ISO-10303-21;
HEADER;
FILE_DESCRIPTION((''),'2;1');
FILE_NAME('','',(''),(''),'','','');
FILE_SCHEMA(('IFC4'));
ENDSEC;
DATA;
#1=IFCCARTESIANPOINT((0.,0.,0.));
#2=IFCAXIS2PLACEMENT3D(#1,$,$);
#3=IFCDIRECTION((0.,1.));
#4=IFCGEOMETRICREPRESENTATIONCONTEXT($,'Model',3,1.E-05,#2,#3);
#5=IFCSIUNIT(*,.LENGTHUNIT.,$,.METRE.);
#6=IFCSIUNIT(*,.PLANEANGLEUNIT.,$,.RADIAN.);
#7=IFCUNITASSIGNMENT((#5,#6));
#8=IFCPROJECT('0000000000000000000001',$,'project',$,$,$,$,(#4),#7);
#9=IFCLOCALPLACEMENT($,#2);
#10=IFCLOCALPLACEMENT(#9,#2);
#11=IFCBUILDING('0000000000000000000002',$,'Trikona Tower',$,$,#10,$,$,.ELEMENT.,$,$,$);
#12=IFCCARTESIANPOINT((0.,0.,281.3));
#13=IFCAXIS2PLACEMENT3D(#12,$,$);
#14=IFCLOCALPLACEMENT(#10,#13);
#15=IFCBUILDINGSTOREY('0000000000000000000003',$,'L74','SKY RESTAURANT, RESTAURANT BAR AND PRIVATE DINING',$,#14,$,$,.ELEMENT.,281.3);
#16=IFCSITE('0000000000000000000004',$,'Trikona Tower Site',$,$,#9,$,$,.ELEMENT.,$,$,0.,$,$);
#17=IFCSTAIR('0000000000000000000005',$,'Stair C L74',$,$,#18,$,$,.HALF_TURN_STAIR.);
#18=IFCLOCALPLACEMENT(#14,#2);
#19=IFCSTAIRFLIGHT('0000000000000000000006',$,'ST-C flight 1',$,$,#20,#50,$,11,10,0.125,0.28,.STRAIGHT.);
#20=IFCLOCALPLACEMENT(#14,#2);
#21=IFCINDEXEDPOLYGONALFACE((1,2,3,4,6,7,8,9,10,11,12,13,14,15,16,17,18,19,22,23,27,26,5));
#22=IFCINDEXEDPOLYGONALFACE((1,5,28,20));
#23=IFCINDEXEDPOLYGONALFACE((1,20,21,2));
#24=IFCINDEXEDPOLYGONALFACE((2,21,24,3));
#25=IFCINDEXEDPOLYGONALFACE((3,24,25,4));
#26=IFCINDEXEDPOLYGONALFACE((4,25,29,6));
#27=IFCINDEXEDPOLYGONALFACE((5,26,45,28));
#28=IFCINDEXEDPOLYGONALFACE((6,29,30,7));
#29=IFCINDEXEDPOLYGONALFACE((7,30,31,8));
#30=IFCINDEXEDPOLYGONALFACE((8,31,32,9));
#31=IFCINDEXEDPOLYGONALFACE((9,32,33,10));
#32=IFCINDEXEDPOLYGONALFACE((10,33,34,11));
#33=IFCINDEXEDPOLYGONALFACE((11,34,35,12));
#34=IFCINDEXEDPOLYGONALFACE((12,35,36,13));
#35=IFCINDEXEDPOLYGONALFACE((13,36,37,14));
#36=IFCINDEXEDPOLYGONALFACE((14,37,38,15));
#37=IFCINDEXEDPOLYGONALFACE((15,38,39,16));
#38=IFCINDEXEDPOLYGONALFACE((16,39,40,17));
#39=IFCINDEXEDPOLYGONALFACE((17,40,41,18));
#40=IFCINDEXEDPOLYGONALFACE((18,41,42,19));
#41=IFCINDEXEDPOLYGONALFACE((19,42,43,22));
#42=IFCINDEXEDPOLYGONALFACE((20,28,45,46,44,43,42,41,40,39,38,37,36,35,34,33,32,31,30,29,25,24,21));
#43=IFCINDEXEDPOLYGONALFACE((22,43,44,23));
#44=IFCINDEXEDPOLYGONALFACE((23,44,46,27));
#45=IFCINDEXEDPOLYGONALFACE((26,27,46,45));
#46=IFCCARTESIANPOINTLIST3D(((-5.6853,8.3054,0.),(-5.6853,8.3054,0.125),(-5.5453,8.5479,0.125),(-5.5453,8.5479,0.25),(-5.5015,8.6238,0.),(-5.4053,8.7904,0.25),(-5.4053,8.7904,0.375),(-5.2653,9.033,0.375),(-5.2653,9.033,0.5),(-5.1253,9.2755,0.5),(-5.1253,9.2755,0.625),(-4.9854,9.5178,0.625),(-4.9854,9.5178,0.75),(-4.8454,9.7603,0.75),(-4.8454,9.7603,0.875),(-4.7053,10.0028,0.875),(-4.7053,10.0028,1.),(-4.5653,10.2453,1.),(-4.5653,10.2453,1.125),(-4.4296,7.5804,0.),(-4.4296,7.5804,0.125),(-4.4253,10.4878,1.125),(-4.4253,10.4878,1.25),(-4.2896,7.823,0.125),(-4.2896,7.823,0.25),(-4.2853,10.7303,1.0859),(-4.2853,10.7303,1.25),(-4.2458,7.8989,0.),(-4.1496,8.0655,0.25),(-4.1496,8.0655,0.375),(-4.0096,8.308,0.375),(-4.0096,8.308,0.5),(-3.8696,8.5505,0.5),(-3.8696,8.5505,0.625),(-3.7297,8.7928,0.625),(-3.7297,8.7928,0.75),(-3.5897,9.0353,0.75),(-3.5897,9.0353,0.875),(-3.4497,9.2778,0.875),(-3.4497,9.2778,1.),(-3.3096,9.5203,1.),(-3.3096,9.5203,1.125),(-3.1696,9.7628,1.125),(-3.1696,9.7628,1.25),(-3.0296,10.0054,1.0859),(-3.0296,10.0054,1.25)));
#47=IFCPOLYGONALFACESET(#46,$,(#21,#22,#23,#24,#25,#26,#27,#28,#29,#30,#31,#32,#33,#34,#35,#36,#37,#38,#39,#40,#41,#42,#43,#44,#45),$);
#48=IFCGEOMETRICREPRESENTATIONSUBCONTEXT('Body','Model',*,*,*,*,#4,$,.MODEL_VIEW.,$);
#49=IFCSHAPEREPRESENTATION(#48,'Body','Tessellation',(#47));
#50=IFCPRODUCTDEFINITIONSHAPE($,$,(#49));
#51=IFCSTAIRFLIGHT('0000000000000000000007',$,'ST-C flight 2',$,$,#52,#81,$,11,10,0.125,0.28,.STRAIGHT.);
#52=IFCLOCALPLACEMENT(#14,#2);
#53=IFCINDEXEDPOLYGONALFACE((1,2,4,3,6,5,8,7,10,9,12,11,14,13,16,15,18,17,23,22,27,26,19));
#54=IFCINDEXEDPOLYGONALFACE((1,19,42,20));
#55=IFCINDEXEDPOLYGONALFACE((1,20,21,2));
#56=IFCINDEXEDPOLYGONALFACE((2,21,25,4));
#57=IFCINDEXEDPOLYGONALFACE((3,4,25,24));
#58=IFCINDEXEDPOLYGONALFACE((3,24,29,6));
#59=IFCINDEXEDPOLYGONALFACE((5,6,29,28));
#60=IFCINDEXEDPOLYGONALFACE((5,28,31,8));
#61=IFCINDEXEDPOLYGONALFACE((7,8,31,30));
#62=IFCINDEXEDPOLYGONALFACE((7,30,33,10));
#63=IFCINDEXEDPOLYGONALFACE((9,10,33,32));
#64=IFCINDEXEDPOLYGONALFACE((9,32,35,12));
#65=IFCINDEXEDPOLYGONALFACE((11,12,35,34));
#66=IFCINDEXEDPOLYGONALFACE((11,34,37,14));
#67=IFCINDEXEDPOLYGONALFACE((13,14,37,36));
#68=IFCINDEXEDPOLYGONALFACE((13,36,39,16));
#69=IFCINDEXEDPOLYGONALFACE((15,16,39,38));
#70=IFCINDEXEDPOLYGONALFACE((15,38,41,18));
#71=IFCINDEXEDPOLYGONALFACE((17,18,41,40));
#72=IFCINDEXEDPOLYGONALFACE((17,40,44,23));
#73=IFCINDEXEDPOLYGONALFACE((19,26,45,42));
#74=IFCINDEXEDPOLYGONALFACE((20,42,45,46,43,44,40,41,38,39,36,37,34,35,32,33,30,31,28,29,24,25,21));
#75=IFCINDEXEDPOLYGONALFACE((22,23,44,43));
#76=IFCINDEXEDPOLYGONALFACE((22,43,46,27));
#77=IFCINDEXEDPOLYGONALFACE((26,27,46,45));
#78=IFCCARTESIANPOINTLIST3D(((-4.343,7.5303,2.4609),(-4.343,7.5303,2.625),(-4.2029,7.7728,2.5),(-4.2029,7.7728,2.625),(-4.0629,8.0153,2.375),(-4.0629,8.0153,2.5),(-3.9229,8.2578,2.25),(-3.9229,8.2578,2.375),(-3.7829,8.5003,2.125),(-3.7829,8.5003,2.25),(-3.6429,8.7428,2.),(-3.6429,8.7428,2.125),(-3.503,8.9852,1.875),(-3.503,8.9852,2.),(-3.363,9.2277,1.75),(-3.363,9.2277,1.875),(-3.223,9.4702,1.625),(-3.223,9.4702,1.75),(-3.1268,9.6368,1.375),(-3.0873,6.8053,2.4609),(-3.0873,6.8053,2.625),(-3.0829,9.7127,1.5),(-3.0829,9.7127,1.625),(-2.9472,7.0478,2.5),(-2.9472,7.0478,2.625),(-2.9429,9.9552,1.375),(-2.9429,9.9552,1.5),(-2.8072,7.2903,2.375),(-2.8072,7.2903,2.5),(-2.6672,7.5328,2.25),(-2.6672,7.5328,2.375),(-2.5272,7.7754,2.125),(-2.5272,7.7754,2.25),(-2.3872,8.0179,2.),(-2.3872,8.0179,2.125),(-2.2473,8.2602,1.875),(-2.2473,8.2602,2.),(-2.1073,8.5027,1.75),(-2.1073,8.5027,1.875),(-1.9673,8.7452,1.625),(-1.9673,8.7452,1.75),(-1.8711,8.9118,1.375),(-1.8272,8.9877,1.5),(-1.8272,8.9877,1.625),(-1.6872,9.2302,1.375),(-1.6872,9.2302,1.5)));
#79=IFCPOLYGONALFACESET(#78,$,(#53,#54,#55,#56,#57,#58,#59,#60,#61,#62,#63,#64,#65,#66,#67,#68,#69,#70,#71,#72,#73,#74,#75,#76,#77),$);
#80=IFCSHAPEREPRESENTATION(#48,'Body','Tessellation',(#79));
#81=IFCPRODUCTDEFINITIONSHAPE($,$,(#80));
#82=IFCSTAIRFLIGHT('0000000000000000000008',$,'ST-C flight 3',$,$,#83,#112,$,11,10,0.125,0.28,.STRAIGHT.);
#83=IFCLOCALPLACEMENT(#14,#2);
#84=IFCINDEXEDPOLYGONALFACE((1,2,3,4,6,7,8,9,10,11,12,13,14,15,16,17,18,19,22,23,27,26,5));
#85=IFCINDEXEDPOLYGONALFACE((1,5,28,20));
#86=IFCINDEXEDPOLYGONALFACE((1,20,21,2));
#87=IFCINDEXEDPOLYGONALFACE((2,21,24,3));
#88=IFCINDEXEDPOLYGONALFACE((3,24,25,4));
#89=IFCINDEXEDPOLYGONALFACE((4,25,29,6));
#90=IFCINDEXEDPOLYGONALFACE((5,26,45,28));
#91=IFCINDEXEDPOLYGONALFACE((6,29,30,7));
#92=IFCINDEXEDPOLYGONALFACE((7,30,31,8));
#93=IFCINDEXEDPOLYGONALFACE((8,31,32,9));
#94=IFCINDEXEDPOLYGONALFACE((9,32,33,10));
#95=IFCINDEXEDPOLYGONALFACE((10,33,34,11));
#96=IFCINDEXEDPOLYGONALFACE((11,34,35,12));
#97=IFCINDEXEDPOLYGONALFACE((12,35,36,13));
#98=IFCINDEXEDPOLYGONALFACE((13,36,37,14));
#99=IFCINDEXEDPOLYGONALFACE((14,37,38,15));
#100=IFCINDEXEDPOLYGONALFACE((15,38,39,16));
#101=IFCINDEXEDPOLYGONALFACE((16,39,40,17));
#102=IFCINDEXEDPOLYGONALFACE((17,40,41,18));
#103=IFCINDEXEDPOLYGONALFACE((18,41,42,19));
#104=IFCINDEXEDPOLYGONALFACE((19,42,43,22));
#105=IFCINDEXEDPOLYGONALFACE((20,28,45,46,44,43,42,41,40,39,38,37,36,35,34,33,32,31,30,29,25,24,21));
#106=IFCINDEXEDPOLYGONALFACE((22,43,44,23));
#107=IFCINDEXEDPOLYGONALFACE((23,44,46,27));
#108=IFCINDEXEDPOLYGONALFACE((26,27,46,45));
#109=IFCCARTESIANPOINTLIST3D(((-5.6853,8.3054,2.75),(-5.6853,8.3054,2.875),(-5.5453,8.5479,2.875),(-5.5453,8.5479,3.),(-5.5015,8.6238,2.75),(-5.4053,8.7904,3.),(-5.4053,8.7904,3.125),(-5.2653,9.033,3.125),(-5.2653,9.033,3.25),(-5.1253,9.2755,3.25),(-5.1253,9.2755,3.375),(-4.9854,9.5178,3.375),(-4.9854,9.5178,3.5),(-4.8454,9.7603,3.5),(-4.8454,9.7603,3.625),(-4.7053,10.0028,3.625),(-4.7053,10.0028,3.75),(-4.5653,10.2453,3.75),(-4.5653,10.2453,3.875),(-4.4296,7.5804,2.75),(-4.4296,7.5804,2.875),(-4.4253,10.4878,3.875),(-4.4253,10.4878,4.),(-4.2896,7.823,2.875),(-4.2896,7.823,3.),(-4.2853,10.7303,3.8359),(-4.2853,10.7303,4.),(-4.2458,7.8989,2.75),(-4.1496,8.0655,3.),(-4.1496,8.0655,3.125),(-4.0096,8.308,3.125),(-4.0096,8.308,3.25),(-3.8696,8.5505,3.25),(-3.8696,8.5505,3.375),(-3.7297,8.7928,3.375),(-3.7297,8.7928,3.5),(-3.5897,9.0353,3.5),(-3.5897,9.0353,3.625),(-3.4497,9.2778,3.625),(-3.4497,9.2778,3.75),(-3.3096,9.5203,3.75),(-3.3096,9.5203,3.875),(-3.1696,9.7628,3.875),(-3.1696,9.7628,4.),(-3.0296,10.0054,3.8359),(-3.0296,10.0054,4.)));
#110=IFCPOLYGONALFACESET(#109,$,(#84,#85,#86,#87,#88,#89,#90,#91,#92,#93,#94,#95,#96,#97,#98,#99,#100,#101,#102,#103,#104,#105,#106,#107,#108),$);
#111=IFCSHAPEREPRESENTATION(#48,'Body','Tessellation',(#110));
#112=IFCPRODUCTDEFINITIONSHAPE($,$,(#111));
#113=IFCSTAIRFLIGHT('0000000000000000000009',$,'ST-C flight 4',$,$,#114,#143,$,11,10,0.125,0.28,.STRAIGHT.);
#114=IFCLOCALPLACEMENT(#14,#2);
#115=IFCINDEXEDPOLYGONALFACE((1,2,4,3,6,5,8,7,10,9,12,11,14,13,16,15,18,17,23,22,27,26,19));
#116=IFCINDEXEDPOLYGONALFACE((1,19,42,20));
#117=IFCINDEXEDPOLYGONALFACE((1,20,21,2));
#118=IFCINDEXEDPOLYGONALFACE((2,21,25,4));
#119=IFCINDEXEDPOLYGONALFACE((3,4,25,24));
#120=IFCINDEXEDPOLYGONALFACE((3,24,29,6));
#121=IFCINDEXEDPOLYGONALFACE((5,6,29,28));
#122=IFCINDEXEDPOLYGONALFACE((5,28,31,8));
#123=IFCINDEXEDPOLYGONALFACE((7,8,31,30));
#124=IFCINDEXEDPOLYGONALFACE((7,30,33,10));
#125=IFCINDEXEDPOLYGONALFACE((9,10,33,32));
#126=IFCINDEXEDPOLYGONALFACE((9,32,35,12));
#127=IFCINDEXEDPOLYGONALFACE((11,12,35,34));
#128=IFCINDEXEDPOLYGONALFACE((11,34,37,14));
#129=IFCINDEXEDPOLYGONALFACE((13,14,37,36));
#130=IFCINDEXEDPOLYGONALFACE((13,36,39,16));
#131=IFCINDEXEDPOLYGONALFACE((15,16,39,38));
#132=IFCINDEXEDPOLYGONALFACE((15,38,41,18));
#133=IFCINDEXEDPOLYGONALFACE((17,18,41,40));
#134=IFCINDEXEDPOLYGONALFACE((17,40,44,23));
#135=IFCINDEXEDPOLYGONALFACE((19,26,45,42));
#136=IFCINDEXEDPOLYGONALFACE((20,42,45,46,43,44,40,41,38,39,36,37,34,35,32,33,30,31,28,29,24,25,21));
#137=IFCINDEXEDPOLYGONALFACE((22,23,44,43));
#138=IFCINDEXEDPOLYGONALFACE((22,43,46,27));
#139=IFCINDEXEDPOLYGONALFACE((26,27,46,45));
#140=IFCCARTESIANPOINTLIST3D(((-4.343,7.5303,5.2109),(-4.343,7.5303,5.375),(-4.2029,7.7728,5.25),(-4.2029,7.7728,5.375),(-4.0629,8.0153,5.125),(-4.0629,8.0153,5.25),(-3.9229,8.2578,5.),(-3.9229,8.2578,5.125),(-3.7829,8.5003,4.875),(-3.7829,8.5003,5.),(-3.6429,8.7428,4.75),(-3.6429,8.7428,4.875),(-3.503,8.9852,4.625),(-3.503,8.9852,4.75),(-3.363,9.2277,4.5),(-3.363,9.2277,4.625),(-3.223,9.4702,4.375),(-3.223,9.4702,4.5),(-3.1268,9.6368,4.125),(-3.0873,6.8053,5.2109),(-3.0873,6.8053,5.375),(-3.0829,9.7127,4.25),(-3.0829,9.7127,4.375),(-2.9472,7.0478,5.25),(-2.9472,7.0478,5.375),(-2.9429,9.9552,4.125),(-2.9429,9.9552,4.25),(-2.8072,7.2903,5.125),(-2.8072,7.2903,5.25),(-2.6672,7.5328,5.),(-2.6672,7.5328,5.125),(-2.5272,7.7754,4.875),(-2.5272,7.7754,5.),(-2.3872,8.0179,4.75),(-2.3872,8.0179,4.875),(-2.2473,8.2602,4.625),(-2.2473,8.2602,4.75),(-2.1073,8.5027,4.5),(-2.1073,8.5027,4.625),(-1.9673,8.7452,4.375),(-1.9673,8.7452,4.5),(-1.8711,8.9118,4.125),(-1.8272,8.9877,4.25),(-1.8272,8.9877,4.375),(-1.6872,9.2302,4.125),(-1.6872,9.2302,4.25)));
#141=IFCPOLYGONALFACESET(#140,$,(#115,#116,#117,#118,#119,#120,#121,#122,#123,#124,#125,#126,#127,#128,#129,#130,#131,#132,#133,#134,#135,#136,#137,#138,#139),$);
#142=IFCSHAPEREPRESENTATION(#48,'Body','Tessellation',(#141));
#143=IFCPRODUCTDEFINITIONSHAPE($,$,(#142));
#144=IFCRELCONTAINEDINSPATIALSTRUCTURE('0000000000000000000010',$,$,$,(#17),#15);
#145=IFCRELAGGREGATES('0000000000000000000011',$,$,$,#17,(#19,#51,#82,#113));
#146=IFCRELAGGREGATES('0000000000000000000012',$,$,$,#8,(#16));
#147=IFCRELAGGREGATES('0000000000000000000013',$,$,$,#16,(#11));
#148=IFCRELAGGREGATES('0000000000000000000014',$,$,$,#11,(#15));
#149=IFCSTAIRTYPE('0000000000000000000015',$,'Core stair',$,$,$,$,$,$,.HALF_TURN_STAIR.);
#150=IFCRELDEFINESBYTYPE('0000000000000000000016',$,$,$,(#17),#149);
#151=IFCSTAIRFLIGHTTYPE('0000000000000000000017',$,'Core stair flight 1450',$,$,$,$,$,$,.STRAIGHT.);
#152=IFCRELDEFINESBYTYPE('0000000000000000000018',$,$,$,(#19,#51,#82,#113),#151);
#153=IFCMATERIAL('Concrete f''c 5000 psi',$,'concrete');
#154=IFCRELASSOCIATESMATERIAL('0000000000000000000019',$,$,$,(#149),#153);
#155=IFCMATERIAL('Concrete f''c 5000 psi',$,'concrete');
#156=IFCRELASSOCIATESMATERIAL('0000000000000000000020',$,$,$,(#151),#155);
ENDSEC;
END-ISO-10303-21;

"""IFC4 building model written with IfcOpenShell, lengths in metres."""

from ifc_helpers import new_model, si_unit, direction, frame, origin, place, context, subcontext, project, spatial, polyline, outline, extrude, material, type_object, element, aggregate, save


model = new_model("IFC4")

# Units and contexts
model_context = context("Model", 3, precision=1e-05, world=origin(), true_north=direction((0.0, 1.0)))
body_context = subcontext(model_context, "Body", "Model", "MODEL_VIEW")
ifc_project = project(units=[si_unit("LENGTHUNIT", "METRE"), si_unit("PLANEANGLEUNIT", "RADIAN")], contexts=[model_context])

# Site, building, storey
site_placement = place(None, origin())
site = spatial("IfcSite", under=ifc_project, at=site_placement, Name="Trikona Tower Site", CompositionType="ELEMENT", RefElevation=0.0)
building_placement = place(site_placement, origin())
building = spatial("IfcBuilding", under=site, at=building_placement, Name="Trikona Tower", CompositionType="ELEMENT")
storey_placement = place(building_placement, frame((0.0, 0.0, 281.3)))
storey = spatial("IfcBuildingStorey", under=building, at=storey_placement, Name="L74", Description="SKY RESTAURANT, RESTAURANT BAR AND PRIVATE DINING", CompositionType="ELEMENT", Elevation=281.3)

# Stair, stair flights
ifc_material_1 = material(Name="Concrete f'c 5000 psi", Category="concrete")
stair_type = type_object("IfcStairType", Name="Core stair", PredefinedType="HALF_TURN_STAIR", material=ifc_material_1)
stair_placement = place(storey_placement, origin())
stair = element("IfcStair", 1, at=stair_placement, inside=storey, type_object=stair_type, Name="Stair C L74", PredefinedType="HALF_TURN_STAIR")
ifc_material_2 = material(Name="Concrete f'c 5000 psi", Category="concrete")
stair_flight_type = type_object("IfcStairFlightType", Name="Core stair flight 1450", PredefinedType="STRAIGHT", material=ifc_material_2)
stair_flight_1_placement = place(storey_placement, frame((-5.0574, 7.9429, 0.0), z_axis=(0.0, 0.0, 1.0), x_axis=(0.5, 0.866025, 0.0)))
stair_flight_1 = element("IfcStairFlight", 2, at=stair_flight_1_placement, type_object=stair_flight_type, Name="ST-C flight 1", NumberOfRisers=11, NumberOfTreads=10, PredefinedType="STRAIGHT", RiserHeight=0.125, TreadLength=0.28, context=body_context, shape_type="SweptSolid", body=[
    extrude(outline(polyline([(0.0, 0.0), (0.0, 0.125), (0.28, 0.125), (0.28, 0.25), (0.5601, 0.25), (0.5601, 0.375), (0.8401, 0.375), (0.8401, 0.5), (1.1201, 0.5), (1.1201, 0.625), (1.3999, 0.625), (1.3999, 0.75), (1.6799, 0.75), (1.6799, 0.875), (1.96, 0.875), (1.96, 1.0), (2.24, 1.0), (2.24, 1.125), (2.52, 1.125), (2.52, 1.25), (2.8, 1.25), (2.8, 1.375), (2.8, 1.0859), (0.3677, 0.0), (0.0, 0.0)])), frame((0.0, 0.7251, 0.0), z_axis=(0.0, -1.0, 0.0), x_axis=(1.0, 0.0, 0.0)), (0.0, 0.0, 1.0), 1.45),
])
stair_flight_2_placement = place(storey_placement, frame((-2.3152, 9.5928, 1.375), z_axis=(0.0, 0.0, 1.0), x_axis=(-0.5, -0.866025, 0.0)))
stair_flight_2 = element("IfcStairFlight", 3, at=stair_flight_2_placement, type_object=stair_flight_type, Name="ST-C flight 2", NumberOfRisers=11, NumberOfTreads=10, PredefinedType="STRAIGHT", RiserHeight=0.125, TreadLength=0.28, context=body_context, shape_type="SweptSolid", body=[
    extrude(outline(polyline([(0.0, 0.0), (0.0, 0.125), (0.28, 0.125), (0.28, 0.25), (0.5601, 0.25), (0.5601, 0.375), (0.8401, 0.375), (0.8401, 0.5), (1.1201, 0.5), (1.1201, 0.625), (1.3999, 0.625), (1.3999, 0.75), (1.6799, 0.75), (1.6799, 0.875), (1.96, 0.875), (1.96, 1.0), (2.24, 1.0), (2.24, 1.125), (2.52, 1.125), (2.52, 1.25), (2.8, 1.25), (2.8, 1.375), (2.8, 1.0859), (0.3677, 0.0), (0.0, 0.0)])), frame((0.0, 0.7251, 0.0), z_axis=(0.0, -1.0, 0.0), x_axis=(1.0, 0.0, 0.0)), (0.0, 0.0, 1.0), 1.45),
])
stair_flight_3_placement = place(storey_placement, frame((-5.0574, 7.9429, 2.75), z_axis=(0.0, 0.0, 1.0), x_axis=(0.5, 0.866025, 0.0)))
stair_flight_3 = element("IfcStairFlight", 4, at=stair_flight_3_placement, type_object=stair_flight_type, Name="ST-C flight 3", NumberOfRisers=11, NumberOfTreads=10, PredefinedType="STRAIGHT", RiserHeight=0.125, TreadLength=0.28, context=body_context, shape_type="SweptSolid", body=[
    extrude(outline(polyline([(0.0, 0.0), (0.0, 0.125), (0.28, 0.125), (0.28, 0.25), (0.5601, 0.25), (0.5601, 0.375), (0.8401, 0.375), (0.8401, 0.5), (1.1201, 0.5), (1.1201, 0.625), (1.3999, 0.625), (1.3999, 0.75), (1.6799, 0.75), (1.6799, 0.875), (1.96, 0.875), (1.96, 1.0), (2.24, 1.0), (2.24, 1.125), (2.52, 1.125), (2.52, 1.25), (2.8, 1.25), (2.8, 1.375), (2.8, 1.0859), (0.3677, 0.0), (0.0, 0.0)])), frame((0.0, 0.7251, 0.0), z_axis=(0.0, -1.0, 0.0), x_axis=(1.0, 0.0, 0.0)), (0.0, 0.0, 1.0), 1.45),
])
stair_flight_4_placement = place(storey_placement, frame((-2.3152, 9.5928, 4.125), z_axis=(0.0, 0.0, 1.0), x_axis=(-0.5, -0.866025, 0.0)))
stair_flight_4 = element("IfcStairFlight", 5, at=stair_flight_4_placement, type_object=stair_flight_type, Name="ST-C flight 4", NumberOfRisers=11, NumberOfTreads=10, PredefinedType="STRAIGHT", RiserHeight=0.125, TreadLength=0.28, context=body_context, shape_type="SweptSolid", body=[
    extrude(outline(polyline([(0.0, 0.0), (0.0, 0.125), (0.28, 0.125), (0.28, 0.25), (0.5601, 0.25), (0.5601, 0.375), (0.8401, 0.375), (0.8401, 0.5), (1.1201, 0.5), (1.1201, 0.625), (1.3999, 0.625), (1.3999, 0.75), (1.6799, 0.75), (1.6799, 0.875), (1.96, 0.875), (1.96, 1.0), (2.24, 1.0), (2.24, 1.125), (2.52, 1.125), (2.52, 1.25), (2.8, 1.25), (2.8, 1.375), (2.8, 1.0859), (0.3677, 0.0), (0.0, 0.0)])), frame((0.0, 0.7251, 0.0), z_axis=(0.0, -1.0, 0.0), x_axis=(1.0, 0.0, 0.0)), (0.0, 0.0, 1.0), 1.45),
])
aggregate(stair, [stair_flight_1, stair_flight_2, stair_flight_3, stair_flight_4])

save(model, "model.ifc")
